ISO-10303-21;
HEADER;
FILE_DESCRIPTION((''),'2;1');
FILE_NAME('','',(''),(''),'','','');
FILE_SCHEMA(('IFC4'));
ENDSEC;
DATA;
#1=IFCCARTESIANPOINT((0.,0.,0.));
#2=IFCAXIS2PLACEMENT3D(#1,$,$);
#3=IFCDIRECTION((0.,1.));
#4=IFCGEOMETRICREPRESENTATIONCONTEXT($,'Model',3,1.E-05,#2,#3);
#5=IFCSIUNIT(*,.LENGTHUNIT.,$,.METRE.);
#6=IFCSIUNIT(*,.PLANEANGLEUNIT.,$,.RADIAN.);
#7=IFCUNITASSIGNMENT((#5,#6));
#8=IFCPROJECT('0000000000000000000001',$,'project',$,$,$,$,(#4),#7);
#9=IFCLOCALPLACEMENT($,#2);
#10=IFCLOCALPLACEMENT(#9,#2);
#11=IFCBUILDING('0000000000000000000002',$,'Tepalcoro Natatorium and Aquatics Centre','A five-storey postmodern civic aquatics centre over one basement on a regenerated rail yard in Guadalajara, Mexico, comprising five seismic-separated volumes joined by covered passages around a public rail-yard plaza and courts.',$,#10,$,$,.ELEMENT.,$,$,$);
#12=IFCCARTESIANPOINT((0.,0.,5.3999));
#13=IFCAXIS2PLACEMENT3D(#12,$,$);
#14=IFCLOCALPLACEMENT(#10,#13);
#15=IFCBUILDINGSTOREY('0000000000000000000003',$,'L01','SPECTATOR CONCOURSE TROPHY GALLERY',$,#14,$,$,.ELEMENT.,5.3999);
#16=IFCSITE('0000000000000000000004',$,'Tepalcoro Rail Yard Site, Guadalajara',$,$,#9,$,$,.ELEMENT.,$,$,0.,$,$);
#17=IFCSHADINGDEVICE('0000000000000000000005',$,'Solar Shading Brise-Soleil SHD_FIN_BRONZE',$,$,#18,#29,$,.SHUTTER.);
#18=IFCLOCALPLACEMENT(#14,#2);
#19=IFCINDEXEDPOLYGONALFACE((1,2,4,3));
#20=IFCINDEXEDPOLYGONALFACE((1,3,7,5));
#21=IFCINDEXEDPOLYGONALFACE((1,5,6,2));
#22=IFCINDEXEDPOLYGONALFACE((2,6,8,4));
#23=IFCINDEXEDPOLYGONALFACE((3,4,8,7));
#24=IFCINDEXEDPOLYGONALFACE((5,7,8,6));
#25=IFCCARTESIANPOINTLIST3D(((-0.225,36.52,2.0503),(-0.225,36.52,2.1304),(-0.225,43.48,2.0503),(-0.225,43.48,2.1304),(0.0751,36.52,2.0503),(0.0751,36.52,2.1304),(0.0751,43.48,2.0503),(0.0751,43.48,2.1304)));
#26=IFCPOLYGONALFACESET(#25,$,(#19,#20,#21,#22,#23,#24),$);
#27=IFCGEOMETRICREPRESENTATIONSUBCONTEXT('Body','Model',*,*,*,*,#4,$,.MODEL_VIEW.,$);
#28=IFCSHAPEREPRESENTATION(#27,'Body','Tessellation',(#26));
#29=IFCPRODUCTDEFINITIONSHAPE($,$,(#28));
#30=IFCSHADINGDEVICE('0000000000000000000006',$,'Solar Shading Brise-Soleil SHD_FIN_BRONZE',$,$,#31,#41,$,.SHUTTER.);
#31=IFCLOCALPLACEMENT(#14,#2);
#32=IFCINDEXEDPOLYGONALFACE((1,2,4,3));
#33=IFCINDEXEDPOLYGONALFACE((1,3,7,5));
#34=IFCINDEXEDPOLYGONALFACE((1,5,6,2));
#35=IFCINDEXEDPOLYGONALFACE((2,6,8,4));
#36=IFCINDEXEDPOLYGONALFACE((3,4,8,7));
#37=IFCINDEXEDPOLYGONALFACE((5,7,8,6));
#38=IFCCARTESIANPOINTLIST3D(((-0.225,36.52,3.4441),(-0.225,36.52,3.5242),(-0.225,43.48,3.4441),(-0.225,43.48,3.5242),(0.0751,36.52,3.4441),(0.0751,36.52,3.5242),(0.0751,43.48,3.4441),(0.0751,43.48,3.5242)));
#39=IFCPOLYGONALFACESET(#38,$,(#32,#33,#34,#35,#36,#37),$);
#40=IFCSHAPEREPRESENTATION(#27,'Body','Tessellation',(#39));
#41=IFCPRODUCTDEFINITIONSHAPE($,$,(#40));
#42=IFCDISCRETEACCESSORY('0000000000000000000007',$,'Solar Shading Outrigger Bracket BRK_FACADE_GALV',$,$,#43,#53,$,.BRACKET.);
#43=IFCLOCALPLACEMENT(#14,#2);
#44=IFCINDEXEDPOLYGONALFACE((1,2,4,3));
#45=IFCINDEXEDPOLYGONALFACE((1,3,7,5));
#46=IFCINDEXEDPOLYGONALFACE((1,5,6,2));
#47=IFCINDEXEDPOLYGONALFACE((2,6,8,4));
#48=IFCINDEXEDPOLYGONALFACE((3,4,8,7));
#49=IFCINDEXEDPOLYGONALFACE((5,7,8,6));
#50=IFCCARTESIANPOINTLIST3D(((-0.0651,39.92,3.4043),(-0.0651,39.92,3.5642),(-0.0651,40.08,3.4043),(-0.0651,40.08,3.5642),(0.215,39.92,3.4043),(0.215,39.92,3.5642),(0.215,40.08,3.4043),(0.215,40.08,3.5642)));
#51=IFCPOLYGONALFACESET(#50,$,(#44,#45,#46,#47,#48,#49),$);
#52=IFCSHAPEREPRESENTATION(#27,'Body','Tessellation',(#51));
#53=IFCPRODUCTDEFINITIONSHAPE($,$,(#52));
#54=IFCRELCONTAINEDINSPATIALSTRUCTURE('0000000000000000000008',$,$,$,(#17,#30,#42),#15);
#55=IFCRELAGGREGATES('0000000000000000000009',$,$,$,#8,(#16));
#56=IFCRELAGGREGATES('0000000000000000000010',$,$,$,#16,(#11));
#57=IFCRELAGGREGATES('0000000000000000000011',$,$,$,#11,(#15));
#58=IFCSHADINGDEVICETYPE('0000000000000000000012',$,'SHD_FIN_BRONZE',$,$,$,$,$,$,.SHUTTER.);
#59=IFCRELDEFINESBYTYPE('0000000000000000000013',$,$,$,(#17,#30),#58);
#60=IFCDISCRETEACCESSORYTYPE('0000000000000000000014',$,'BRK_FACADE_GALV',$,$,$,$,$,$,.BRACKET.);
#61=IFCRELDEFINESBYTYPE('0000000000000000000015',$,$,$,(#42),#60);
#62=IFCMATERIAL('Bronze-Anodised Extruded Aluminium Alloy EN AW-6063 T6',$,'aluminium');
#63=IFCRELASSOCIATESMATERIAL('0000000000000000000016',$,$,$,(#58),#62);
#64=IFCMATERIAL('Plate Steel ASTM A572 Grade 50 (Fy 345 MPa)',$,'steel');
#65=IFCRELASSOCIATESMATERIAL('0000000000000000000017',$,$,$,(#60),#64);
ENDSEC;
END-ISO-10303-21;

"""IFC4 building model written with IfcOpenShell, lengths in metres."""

from ifc_helpers import new_model, si_unit, direction, frame, origin, origin_2d, place, context, subcontext, project, spatial, rectangle, extrude, material, type_object, element, save


model = new_model("IFC4")

# Units and contexts
model_context = context("Model", 3, precision=1e-05, world=origin(), true_north=direction((0.0, 1.0)))
body_context = subcontext(model_context, "Body", "Model", "MODEL_VIEW")
ifc_project = project(units=[si_unit("LENGTHUNIT", "METRE"), si_unit("PLANEANGLEUNIT", "RADIAN")], contexts=[model_context])

# Site, building, storey
site_placement = place(None, origin())
site = spatial("IfcSite", under=ifc_project, at=site_placement, Name="Tepalcoro Rail Yard Site, Guadalajara", CompositionType="ELEMENT", RefElevation=0.0)
building_placement = place(site_placement, origin())
building = spatial("IfcBuilding", under=site, at=building_placement, Name="Tepalcoro Natatorium and Aquatics Centre", Description="A five-storey postmodern civic aquatics centre over one basement on a regenerated rail yard in Guadalajara, Mexico, comprising five seismic-separated volumes joined by covered passages around a public rail-yard plaza and courts.", CompositionType="ELEMENT")
storey_placement = place(building_placement, frame((0.0, 0.0, 5.3999)))
storey = spatial("IfcBuildingStorey", under=building, at=storey_placement, Name="L01", Description="SPECTATOR CONCOURSE TROPHY GALLERY", CompositionType="ELEMENT", Elevation=5.3999)

# Shared definitions
ifc_material_1 = material(Name="Bronze-Anodised Extruded Aluminium Alloy EN AW-6063 T6", Category="aluminium")

# Shading devices
shading_device_type = type_object("IfcShadingDeviceType", Name="SHD_FIN_BRONZE", PredefinedType="SHUTTER", material=ifc_material_1)
for number, where, z_axis, x_axis, name in (
    (1, (-0.075, 40.0, 2.0503), (0.0, 0.0, 1.0), (1.0, 0.0, 0.0), "Solar Shading Brise-Soleil SHD_FIN_BRONZE"),
    (2, (-0.075, 40.0, 3.4441), (0.0, 0.0, 1.0), (1.0, 0.0, 0.0), "Solar Shading Brise-Soleil SHD_FIN_BRONZE"),
):
    element("IfcShadingDevice", number, at=place(storey_placement, frame(where, z_axis=z_axis, x_axis=x_axis)), inside=storey, type_object=shading_device_type, Name=name, PredefinedType="SHUTTER", context=body_context, shape_type="SweptSolid", body=[
        extrude(rectangle(XDim=0.3, YDim=6.96, at=origin_2d()), origin(), (0.0, 0.0, 1.0), 0.0801),
    ])

# Discrete accessory
ifc_material_2 = material(Name="Plate Steel ASTM A572 Grade 50 (Fy 345 MPa)", Category="steel")
discrete_accessory_type = type_object("IfcDiscreteAccessoryType", Name="BRK_FACADE_GALV", PredefinedType="BRACKET", material=ifc_material_2)
discrete_accessory_placement = place(storey_placement, frame((0.075, 40.0, 3.4043), z_axis=(0.0, 0.0, 1.0), x_axis=(1.0, 0.0, 0.0)))
element("IfcDiscreteAccessory", 3, at=discrete_accessory_placement, inside=storey, type_object=discrete_accessory_type, Name="Solar Shading Outrigger Bracket BRK_FACADE_GALV", PredefinedType="BRACKET", context=body_context, shape_type="SweptSolid", body=[
    extrude(rectangle(XDim=0.28, YDim=0.1599, at=origin_2d()), origin(), (0.0, 0.0, 1.0), 0.1599),
])

save(model, "model.ifc")
